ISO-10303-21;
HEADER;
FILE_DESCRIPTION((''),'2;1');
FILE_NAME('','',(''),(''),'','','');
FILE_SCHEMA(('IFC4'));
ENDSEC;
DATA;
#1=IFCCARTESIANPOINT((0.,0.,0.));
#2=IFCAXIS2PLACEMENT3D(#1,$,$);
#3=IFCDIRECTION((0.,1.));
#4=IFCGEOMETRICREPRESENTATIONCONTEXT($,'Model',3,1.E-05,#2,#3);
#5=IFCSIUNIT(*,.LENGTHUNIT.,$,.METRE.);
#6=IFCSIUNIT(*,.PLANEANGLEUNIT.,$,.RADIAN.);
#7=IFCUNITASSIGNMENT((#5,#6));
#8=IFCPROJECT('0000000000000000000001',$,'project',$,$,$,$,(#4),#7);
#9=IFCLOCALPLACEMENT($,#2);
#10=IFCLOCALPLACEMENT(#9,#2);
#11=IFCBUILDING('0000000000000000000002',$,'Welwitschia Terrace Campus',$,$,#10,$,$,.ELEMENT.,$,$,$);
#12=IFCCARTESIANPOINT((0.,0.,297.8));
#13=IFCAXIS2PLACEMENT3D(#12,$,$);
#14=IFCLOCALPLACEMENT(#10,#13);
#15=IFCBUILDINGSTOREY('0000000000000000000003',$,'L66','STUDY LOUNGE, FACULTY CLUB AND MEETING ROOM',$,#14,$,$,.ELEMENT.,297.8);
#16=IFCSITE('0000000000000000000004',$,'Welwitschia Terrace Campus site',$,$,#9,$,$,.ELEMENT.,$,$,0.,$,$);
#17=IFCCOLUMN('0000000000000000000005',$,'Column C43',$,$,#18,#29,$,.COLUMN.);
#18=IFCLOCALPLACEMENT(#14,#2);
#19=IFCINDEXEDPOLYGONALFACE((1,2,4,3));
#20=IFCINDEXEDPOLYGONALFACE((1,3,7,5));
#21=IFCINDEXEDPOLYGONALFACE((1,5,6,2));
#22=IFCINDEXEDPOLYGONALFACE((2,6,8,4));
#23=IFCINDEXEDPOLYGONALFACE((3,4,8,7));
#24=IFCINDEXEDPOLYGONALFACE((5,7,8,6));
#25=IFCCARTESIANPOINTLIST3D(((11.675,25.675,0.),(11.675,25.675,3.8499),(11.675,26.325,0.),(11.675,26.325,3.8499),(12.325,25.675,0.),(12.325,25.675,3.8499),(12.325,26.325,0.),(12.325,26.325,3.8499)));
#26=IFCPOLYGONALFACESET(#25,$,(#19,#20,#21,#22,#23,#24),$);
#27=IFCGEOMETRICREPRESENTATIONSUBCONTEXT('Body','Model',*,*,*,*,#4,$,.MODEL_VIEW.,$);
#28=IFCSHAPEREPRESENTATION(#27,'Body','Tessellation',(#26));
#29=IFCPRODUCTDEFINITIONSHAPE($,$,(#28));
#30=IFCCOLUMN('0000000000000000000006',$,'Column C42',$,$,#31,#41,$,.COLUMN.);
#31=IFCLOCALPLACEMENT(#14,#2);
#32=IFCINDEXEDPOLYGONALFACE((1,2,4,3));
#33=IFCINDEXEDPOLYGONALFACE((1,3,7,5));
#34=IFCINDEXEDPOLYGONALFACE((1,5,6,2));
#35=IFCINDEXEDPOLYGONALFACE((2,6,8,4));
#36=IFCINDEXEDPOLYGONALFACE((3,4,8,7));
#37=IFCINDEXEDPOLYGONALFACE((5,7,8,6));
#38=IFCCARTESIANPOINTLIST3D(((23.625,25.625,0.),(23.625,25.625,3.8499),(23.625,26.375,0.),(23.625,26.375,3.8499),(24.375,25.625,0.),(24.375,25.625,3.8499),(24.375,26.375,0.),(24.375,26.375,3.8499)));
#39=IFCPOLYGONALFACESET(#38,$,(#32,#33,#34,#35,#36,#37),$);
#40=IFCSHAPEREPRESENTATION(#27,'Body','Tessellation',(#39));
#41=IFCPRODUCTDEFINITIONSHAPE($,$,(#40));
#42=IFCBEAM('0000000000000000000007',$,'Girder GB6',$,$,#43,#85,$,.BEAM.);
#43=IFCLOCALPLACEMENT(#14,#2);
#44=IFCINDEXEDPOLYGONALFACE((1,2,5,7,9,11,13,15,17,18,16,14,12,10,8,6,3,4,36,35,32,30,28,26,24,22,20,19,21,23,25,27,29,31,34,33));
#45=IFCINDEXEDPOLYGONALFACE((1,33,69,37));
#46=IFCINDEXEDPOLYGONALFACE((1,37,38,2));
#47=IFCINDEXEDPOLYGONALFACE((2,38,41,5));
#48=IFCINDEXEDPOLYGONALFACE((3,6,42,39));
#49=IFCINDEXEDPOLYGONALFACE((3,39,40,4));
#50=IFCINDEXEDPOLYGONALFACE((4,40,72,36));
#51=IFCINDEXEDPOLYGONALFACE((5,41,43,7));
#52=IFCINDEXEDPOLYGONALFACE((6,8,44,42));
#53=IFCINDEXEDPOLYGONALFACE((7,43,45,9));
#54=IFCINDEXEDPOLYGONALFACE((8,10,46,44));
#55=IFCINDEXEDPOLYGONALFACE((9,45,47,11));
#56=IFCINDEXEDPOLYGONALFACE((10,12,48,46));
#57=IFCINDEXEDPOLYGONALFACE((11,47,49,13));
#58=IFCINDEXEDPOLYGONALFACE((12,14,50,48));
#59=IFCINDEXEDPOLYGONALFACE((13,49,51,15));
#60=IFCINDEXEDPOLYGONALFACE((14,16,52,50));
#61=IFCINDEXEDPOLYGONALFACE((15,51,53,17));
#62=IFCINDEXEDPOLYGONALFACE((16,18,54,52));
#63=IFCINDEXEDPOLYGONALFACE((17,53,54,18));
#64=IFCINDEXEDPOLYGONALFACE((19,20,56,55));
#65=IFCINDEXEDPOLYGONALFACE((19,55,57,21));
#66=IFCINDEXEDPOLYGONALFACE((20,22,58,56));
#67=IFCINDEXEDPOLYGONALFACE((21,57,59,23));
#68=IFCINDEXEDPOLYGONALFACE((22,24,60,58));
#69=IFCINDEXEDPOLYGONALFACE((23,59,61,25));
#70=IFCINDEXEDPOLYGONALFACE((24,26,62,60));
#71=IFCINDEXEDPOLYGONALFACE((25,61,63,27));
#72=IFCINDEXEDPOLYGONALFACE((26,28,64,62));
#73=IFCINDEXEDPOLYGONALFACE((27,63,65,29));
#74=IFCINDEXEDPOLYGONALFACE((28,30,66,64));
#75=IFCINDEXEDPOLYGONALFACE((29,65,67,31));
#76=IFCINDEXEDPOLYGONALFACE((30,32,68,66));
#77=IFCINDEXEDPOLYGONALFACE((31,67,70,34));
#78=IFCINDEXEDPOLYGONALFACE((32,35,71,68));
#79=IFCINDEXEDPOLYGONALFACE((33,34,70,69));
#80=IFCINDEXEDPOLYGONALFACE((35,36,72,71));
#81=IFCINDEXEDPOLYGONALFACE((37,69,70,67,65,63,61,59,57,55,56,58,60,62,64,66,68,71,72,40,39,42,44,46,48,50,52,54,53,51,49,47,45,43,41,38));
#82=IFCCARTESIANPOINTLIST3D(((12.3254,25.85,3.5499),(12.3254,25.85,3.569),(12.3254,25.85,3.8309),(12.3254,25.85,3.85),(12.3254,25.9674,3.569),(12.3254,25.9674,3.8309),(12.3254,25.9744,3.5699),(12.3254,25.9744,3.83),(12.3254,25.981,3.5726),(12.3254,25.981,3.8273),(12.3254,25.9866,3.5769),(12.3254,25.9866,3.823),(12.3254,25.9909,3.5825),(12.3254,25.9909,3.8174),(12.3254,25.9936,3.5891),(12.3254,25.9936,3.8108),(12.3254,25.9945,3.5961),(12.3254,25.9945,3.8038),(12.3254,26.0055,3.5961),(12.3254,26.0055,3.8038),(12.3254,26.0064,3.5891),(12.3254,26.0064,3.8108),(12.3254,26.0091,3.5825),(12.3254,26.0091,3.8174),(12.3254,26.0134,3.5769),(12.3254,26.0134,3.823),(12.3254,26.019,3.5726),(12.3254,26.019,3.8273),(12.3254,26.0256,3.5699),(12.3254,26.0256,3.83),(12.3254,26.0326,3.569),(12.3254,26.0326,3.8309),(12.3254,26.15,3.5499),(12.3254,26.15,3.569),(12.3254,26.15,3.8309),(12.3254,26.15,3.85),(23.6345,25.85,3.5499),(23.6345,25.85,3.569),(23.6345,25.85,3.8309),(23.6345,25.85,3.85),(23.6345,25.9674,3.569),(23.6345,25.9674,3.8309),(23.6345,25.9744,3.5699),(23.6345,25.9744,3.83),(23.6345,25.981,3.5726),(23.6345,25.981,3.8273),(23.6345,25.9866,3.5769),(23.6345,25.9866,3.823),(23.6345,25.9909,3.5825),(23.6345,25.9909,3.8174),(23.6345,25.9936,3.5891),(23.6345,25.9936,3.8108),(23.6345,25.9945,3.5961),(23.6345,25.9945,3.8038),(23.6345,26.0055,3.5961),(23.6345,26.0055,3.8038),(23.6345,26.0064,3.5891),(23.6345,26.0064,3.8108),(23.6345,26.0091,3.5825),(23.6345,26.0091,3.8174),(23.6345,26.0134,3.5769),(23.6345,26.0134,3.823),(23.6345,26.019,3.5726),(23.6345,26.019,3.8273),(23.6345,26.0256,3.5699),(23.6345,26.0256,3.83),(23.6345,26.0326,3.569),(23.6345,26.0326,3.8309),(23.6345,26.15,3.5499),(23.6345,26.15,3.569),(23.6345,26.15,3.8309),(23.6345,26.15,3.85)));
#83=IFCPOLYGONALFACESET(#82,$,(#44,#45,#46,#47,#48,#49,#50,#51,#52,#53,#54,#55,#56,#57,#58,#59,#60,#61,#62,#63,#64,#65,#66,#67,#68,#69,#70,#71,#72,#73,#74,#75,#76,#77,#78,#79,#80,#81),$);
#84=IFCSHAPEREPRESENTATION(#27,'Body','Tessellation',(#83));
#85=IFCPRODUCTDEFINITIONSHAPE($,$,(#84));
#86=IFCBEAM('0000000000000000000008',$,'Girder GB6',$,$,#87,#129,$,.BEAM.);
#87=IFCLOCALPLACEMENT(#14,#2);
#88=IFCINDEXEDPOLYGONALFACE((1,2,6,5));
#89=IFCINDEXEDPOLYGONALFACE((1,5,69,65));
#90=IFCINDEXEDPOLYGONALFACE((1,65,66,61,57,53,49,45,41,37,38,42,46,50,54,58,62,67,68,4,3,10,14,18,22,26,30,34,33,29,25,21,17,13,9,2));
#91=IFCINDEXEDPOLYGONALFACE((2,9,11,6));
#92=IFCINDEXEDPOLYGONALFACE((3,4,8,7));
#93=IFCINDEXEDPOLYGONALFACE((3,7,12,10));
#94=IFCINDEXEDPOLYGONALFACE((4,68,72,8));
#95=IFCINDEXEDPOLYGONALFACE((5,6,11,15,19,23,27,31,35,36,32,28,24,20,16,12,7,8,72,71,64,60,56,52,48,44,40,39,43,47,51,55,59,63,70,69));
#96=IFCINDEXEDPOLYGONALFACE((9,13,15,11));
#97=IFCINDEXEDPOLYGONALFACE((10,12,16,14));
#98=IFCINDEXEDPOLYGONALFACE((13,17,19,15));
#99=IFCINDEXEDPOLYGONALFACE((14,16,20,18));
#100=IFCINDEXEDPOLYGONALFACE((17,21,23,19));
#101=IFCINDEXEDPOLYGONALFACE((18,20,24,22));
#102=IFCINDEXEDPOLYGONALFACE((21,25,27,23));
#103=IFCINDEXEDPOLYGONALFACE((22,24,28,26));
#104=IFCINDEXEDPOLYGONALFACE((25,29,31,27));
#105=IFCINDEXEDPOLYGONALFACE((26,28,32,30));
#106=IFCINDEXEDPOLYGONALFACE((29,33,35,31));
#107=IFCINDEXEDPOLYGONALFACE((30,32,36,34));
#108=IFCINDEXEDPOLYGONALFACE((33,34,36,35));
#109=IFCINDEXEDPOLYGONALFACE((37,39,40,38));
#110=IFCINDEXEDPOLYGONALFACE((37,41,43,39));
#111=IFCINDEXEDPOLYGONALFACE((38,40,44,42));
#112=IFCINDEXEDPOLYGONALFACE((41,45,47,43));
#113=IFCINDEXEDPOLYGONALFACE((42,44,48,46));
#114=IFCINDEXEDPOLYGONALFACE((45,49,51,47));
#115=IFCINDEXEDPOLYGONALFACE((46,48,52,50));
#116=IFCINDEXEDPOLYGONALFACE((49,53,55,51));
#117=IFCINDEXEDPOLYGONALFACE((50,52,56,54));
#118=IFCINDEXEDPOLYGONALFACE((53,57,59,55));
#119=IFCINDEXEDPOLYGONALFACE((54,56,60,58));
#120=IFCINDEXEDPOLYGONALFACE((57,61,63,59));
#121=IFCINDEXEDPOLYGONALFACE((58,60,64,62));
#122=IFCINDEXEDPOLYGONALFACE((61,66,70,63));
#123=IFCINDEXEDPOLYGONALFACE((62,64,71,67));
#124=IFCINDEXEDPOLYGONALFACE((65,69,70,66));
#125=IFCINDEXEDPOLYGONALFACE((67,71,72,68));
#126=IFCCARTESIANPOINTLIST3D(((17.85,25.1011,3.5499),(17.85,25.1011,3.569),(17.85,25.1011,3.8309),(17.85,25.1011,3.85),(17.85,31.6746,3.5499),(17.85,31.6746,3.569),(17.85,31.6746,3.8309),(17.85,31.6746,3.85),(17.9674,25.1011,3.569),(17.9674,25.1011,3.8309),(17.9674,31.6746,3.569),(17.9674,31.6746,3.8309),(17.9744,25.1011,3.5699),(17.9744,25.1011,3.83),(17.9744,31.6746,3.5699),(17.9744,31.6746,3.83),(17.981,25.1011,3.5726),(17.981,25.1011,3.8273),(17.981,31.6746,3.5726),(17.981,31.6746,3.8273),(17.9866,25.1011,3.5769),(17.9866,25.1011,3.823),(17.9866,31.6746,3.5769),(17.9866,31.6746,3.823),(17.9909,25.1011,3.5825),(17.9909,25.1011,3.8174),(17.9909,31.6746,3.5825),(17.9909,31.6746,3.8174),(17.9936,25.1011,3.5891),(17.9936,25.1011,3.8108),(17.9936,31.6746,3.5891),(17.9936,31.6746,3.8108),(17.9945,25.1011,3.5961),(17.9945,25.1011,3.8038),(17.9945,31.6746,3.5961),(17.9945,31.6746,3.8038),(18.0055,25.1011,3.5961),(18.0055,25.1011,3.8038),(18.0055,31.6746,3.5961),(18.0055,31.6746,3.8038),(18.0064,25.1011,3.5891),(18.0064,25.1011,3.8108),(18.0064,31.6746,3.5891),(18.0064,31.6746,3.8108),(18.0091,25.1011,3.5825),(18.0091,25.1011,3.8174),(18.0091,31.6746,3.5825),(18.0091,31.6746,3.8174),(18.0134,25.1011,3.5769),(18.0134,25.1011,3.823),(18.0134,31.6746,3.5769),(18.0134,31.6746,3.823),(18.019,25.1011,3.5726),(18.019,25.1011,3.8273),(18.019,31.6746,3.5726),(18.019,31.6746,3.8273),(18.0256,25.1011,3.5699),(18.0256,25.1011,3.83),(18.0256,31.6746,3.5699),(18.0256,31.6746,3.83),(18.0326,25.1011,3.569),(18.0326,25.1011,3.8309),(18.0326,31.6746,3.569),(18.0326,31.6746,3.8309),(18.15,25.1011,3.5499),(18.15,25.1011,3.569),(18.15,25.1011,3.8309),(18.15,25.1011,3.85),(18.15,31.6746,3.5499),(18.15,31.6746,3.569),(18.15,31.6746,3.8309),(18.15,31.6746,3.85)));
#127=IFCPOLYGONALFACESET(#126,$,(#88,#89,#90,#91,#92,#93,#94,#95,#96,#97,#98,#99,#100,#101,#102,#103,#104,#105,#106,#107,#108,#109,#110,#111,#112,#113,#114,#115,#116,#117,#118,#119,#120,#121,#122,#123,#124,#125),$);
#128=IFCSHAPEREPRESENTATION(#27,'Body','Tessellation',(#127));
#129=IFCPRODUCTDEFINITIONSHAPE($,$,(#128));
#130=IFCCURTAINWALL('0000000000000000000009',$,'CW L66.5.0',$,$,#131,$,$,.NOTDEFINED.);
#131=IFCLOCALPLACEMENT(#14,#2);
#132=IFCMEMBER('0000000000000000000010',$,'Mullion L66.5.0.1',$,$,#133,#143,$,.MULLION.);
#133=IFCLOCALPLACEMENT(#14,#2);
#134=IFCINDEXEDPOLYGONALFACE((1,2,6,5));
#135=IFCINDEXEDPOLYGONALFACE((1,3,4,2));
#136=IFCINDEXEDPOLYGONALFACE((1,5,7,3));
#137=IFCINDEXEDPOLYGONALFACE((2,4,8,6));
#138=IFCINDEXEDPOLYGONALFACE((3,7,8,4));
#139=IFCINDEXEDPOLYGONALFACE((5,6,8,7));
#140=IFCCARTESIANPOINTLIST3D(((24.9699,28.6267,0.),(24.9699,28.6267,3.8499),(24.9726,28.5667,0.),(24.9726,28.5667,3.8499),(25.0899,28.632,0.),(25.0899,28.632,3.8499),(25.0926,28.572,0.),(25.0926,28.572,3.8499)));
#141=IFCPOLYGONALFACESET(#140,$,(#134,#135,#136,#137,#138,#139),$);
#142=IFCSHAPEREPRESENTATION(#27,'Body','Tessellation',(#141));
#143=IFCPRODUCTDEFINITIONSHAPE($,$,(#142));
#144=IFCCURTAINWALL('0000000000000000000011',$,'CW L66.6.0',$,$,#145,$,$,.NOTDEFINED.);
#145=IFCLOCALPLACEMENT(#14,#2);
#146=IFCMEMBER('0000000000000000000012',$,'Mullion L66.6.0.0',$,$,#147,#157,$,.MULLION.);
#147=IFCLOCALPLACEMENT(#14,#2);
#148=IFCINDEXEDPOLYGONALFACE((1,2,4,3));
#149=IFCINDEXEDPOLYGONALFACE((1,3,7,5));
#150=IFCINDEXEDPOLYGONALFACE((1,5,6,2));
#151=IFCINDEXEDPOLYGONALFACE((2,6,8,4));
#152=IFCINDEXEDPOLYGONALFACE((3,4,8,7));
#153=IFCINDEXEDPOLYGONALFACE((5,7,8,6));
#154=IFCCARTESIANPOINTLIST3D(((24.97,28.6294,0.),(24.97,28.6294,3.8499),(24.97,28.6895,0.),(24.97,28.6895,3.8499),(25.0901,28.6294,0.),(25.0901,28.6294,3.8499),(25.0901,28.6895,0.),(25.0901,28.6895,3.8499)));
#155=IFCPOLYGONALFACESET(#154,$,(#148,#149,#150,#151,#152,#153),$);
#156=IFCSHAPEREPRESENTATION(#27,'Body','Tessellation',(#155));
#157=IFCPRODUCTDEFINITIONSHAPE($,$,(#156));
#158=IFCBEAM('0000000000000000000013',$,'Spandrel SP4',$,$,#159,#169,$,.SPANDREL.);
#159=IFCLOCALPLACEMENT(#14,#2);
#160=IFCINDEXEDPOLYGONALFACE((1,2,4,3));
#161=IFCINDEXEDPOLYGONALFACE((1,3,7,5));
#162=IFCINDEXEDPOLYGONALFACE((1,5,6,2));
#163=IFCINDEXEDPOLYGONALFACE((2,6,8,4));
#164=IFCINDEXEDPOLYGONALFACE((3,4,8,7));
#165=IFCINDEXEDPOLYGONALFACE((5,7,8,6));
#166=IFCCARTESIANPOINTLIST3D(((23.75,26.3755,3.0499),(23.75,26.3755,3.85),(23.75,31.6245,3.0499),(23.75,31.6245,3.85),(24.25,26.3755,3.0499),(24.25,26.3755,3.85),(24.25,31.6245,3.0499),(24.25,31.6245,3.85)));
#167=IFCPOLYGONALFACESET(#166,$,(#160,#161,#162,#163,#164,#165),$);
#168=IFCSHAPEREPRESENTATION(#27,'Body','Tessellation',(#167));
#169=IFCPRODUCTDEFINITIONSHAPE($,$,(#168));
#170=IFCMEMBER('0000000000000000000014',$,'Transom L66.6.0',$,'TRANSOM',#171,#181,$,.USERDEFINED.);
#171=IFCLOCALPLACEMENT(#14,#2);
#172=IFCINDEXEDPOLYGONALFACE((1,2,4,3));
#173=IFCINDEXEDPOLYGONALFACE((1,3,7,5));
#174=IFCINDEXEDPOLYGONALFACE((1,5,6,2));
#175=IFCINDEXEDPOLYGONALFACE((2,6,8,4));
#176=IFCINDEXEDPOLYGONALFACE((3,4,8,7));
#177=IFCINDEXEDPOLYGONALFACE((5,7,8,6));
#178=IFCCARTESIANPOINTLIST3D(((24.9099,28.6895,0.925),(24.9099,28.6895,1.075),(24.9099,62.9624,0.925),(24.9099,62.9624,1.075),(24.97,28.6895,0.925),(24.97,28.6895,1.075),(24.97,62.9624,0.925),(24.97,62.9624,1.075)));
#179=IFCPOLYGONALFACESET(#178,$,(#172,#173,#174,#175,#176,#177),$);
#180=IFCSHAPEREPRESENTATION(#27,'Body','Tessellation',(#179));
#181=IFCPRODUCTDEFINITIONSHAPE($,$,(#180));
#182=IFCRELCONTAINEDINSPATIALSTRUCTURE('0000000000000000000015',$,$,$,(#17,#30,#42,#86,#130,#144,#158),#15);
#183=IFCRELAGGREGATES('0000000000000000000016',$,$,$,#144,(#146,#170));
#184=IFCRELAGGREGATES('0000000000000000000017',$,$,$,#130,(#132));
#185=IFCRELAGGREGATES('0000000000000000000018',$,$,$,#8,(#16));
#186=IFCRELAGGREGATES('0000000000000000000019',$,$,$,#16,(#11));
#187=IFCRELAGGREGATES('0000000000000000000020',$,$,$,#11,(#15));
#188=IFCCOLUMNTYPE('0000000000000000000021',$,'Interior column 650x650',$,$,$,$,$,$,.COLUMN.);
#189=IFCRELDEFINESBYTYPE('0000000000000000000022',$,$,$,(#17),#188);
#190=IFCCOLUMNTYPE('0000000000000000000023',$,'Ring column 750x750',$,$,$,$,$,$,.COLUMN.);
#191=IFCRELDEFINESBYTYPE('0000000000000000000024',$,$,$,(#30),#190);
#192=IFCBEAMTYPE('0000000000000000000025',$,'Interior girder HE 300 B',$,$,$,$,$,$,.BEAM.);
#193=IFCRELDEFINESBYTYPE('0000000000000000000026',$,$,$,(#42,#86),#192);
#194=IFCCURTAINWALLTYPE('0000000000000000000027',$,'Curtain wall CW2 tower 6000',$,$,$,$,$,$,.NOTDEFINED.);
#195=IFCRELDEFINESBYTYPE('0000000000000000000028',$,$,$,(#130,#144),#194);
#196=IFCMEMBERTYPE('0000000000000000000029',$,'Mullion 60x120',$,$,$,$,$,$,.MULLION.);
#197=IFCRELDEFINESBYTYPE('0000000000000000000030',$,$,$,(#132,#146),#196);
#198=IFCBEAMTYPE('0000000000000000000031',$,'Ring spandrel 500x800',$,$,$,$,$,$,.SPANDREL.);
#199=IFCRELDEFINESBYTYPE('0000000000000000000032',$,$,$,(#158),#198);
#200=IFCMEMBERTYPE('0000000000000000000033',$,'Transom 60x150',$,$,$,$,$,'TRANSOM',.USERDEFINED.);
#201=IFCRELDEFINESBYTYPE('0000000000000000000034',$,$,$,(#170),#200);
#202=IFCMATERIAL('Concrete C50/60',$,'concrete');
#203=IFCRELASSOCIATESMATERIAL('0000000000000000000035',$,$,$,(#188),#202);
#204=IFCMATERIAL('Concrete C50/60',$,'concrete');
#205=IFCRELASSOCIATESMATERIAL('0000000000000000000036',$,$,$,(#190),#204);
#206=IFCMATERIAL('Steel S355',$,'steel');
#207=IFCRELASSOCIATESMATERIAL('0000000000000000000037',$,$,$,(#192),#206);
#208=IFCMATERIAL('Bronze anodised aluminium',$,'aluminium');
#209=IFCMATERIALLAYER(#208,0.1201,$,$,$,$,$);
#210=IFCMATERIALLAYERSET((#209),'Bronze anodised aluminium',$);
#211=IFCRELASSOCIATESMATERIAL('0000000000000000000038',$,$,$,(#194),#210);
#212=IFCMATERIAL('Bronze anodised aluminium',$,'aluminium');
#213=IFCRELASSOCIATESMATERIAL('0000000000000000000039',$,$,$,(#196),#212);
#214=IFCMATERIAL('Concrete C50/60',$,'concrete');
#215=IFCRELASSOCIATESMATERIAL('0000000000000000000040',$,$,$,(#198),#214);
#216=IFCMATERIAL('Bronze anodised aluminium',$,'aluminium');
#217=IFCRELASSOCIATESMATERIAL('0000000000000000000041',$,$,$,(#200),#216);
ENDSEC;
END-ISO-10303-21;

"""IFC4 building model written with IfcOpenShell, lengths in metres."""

from ifc_helpers import new_model, si_unit, direction, frame, origin, origin_2d, place, context, subcontext, project, spatial, rectangle, i_section, extrude, material, layer, layer_set, material_profile, profile_set, type_object, element, aggregate, save


model = new_model("IFC4")

# Units and contexts
model_context = context("Model", 3, precision=1e-05, world=origin(), true_north=direction((0.0, 1.0)))
body_context = subcontext(model_context, "Body", "Model", "MODEL_VIEW")
ifc_project = project(units=[si_unit("LENGTHUNIT", "METRE"), si_unit("PLANEANGLEUNIT", "RADIAN")], contexts=[model_context])

# Site, building, storey
site_placement = place(None, origin())
site = spatial("IfcSite", under=ifc_project, at=site_placement, Name="Welwitschia Terrace Campus site", CompositionType="ELEMENT", RefElevation=0.0)
building_placement = place(site_placement, origin())
building = spatial("IfcBuilding", under=site, at=building_placement, Name="Welwitschia Terrace Campus", CompositionType="ELEMENT")
storey_placement = place(building_placement, frame((0.0, 0.0, 297.8)))
storey = spatial("IfcBuildingStorey", under=building, at=storey_placement, Name="L66", Description="STUDY LOUNGE, FACULTY CLUB AND MEETING ROOM", CompositionType="ELEMENT", Elevation=297.8)

# Columns
ifc_material_1 = material(Name="Concrete C50/60", Category="concrete")
ifc_material_profile_1 = material_profile(ifc_material_1, rectangle(XDim=0.6499, YDim=0.6499, at=origin_2d()))
ifc_profile_set_1 = profile_set([ifc_material_profile_1], Name="Concrete C50/60")
column_type_1 = type_object("IfcColumnType", Name="Interior column 650x650", PredefinedType="COLUMN", material=ifc_profile_set_1)
column_1_placement = place(storey_placement, frame((12.0, 26.0, 0.0), z_axis=(0.0, 0.0, 1.0), x_axis=(1.0, 0.0, 0.0)))
element("IfcColumn", 1, at=column_1_placement, inside=storey, type_object=column_type_1, Name="Column C43", PredefinedType="COLUMN", context=body_context, shape_type="SweptSolid", body=[
    extrude(rectangle(XDim=0.6499, YDim=0.6499, at=origin_2d()), origin(), (0.0, 0.0, 1.0), 3.8499),
])
ifc_material_2 = material(Name="Concrete C50/60", Category="concrete")
ifc_material_profile_2 = material_profile(ifc_material_2, rectangle(XDim=0.75, YDim=0.75, at=origin_2d()))
ifc_profile_set_2 = profile_set([ifc_material_profile_2], Name="Concrete C50/60")
column_type_2 = type_object("IfcColumnType", Name="Ring column 750x750", PredefinedType="COLUMN", material=ifc_profile_set_2)
column_2_placement = place(storey_placement, frame((24.0, 26.0, 0.0), z_axis=(0.0, 0.0, 1.0), x_axis=(1.0, 0.0, 0.0)))
element("IfcColumn", 2, at=column_2_placement, inside=storey, type_object=column_type_2, Name="Column C42", PredefinedType="COLUMN", context=body_context, shape_type="SweptSolid", body=[
    extrude(rectangle(XDim=0.75, YDim=0.75, at=origin_2d()), origin(), (0.0, 0.0, 1.0), 3.8499),
])

# Beams
ifc_material_3 = material(Name="Steel S355", Category="steel")
ifc_material_profile_3 = material_profile(ifc_material_3, i_section(OverallWidth=0.3, OverallDepth=0.3, WebThickness=0.011, FlangeThickness=0.019, FilletRadius=0.0271, at=origin_2d()))
ifc_profile_set_3 = profile_set([ifc_material_profile_3], Name="Steel S355")
beam_type_1 = type_object("IfcBeamType", Name="Interior girder HE 300 B", PredefinedType="BEAM", material=ifc_profile_set_3)
beam_1_placement = place(storey_placement, frame((12.3254, 26.0, 3.7), z_axis=(1.0, 0.0, 0.0), x_axis=(0.0, 1.0, 0.0)))
element("IfcBeam", 3, at=beam_1_placement, inside=storey, type_object=beam_type_1, Name="Girder GB6", PredefinedType="BEAM", context=body_context, shape_type="SweptSolid", body=[
    extrude(i_section(OverallWidth=0.3, OverallDepth=0.3, WebThickness=0.011, FlangeThickness=0.019, FilletRadius=0.0271, at=origin_2d()), origin(), (0.0, 0.0, 1.0), 11.3091),
])
beam_2_placement = place(storey_placement, frame((18.0, 25.1011, 3.7), z_axis=(0.0, 1.0, 0.0), x_axis=(-1.0, 0.0, 0.0)))
element("IfcBeam", 4, at=beam_2_placement, inside=storey, type_object=beam_type_1, Name="Girder GB6", PredefinedType="BEAM", context=body_context, shape_type="SweptSolid", body=[
    extrude(i_section(OverallWidth=0.3, OverallDepth=0.3, WebThickness=0.011, FlangeThickness=0.019, FilletRadius=0.0271, at=origin_2d()), origin(), (0.0, 0.0, 1.0), 6.5735),
])

# Curtain walls, members
ifc_material_4 = material(Name="Bronze anodised aluminium", Category="aluminium")
ifc_layer_1 = layer(ifc_material_4, 0.1201)
ifc_layer_set_1 = layer_set([ifc_layer_1], Name="Bronze anodised aluminium")
curtain_wall_type = type_object("IfcCurtainWallType", Name="Curtain wall CW2 tower 6000", PredefinedType="NOTDEFINED", material=ifc_layer_set_1)
curtain_wall_1_placement = place(storey_placement, origin())
curtain_wall_1 = element("IfcCurtainWall", 5, at=curtain_wall_1_placement, inside=storey, type_object=curtain_wall_type, Name="CW L66.5.0", PredefinedType="NOTDEFINED")
ifc_material_5 = material(Name="Bronze anodised aluminium", Category="aluminium")
ifc_material_profile_4 = material_profile(ifc_material_5, rectangle(XDim=0.1201, YDim=0.0601, at=origin_2d()))
ifc_profile_set_4 = profile_set([ifc_material_profile_4], Name="Bronze anodised aluminium")
member_type_1 = type_object("IfcMemberType", Name="Mullion 60x120", PredefinedType="MULLION", material=ifc_profile_set_4)
member_1_placement = place(storey_placement, frame((25.0312, 28.5994, 0.0), z_axis=(0.0, 0.0, 1.0), x_axis=(-0.999048, -0.043619, 0.0)))
member_1 = element("IfcMember", 6, at=member_1_placement, type_object=member_type_1, Name="Mullion L66.5.0.1", PredefinedType="MULLION", context=body_context, shape_type="SweptSolid", body=[
    extrude(rectangle(XDim=0.1201, YDim=0.0601, at=origin_2d()), origin(), (0.0, 0.0, 1.0), 3.8499),
])
curtain_wall_2_placement = place(storey_placement, origin())
curtain_wall_2 = element("IfcCurtainWall", 7, at=curtain_wall_2_placement, inside=storey, type_object=curtain_wall_type, Name="CW L66.6.0", PredefinedType="NOTDEFINED")
member_2_placement = place(storey_placement, frame((25.03, 28.6594, 0.0), z_axis=(0.0, 0.0, 1.0), x_axis=(-1.0, 0.0, 0.0)))
member_2 = element("IfcMember", 8, at=member_2_placement, type_object=member_type_1, Name="Mullion L66.6.0.0", PredefinedType="MULLION", context=body_context, shape_type="SweptSolid", body=[
    extrude(rectangle(XDim=0.1201, YDim=0.0601, at=origin_2d()), origin(), (0.0, 0.0, 1.0), 3.8499),
])

# Beam
ifc_material_6 = material(Name="Concrete C50/60", Category="concrete")
ifc_material_profile_5 = material_profile(ifc_material_6, rectangle(XDim=0.5, YDim=0.8, at=origin_2d()))
ifc_profile_set_5 = profile_set([ifc_material_profile_5], Name="Concrete C50/60")
beam_type_2 = type_object("IfcBeamType", Name="Ring spandrel 500x800", PredefinedType="SPANDREL", material=ifc_profile_set_5)
beam_3_placement = place(storey_placement, frame((24.0, 26.3755, 3.45), z_axis=(0.0, 1.0, 0.0), x_axis=(-1.0, 0.0, 0.0)))
element("IfcBeam", 9, at=beam_3_placement, inside=storey, type_object=beam_type_2, Name="Spandrel SP4", PredefinedType="SPANDREL", context=body_context, shape_type="SweptSolid", body=[
    extrude(rectangle(XDim=0.5, YDim=0.8, at=origin_2d()), origin(), (0.0, 0.0, 1.0), 5.249),
])

# Member
ifc_material_7 = material(Name="Bronze anodised aluminium", Category="aluminium")
ifc_material_profile_6 = material_profile(ifc_material_7, rectangle(XDim=0.0601, YDim=0.1499, at=origin_2d()))
ifc_profile_set_6 = profile_set([ifc_material_profile_6], Name="Bronze anodised aluminium")
member_type_2 = type_object("IfcMemberType", Name="Transom 60x150", ElementType="TRANSOM", PredefinedType="USERDEFINED", material=ifc_profile_set_6)
member_3_placement = place(storey_placement, frame((24.9399, 28.6895, 1.0), z_axis=(0.0, 1.0, 0.0), x_axis=(-1.0, 0.0, 0.0)))
member_3 = element("IfcMember", 10, at=member_3_placement, type_object=member_type_2, Name="Transom L66.6.0", ObjectType="TRANSOM", PredefinedType="USERDEFINED", context=body_context, shape_type="SweptSolid", body=[
    extrude(rectangle(XDim=0.0601, YDim=0.1499, at=origin_2d()), origin(), (0.0, 0.0, 1.0), 34.2729),
])
aggregate(curtain_wall_2, [member_2, member_3])

aggregate(curtain_wall_1, [member_1])

save(model, "model.ifc")
